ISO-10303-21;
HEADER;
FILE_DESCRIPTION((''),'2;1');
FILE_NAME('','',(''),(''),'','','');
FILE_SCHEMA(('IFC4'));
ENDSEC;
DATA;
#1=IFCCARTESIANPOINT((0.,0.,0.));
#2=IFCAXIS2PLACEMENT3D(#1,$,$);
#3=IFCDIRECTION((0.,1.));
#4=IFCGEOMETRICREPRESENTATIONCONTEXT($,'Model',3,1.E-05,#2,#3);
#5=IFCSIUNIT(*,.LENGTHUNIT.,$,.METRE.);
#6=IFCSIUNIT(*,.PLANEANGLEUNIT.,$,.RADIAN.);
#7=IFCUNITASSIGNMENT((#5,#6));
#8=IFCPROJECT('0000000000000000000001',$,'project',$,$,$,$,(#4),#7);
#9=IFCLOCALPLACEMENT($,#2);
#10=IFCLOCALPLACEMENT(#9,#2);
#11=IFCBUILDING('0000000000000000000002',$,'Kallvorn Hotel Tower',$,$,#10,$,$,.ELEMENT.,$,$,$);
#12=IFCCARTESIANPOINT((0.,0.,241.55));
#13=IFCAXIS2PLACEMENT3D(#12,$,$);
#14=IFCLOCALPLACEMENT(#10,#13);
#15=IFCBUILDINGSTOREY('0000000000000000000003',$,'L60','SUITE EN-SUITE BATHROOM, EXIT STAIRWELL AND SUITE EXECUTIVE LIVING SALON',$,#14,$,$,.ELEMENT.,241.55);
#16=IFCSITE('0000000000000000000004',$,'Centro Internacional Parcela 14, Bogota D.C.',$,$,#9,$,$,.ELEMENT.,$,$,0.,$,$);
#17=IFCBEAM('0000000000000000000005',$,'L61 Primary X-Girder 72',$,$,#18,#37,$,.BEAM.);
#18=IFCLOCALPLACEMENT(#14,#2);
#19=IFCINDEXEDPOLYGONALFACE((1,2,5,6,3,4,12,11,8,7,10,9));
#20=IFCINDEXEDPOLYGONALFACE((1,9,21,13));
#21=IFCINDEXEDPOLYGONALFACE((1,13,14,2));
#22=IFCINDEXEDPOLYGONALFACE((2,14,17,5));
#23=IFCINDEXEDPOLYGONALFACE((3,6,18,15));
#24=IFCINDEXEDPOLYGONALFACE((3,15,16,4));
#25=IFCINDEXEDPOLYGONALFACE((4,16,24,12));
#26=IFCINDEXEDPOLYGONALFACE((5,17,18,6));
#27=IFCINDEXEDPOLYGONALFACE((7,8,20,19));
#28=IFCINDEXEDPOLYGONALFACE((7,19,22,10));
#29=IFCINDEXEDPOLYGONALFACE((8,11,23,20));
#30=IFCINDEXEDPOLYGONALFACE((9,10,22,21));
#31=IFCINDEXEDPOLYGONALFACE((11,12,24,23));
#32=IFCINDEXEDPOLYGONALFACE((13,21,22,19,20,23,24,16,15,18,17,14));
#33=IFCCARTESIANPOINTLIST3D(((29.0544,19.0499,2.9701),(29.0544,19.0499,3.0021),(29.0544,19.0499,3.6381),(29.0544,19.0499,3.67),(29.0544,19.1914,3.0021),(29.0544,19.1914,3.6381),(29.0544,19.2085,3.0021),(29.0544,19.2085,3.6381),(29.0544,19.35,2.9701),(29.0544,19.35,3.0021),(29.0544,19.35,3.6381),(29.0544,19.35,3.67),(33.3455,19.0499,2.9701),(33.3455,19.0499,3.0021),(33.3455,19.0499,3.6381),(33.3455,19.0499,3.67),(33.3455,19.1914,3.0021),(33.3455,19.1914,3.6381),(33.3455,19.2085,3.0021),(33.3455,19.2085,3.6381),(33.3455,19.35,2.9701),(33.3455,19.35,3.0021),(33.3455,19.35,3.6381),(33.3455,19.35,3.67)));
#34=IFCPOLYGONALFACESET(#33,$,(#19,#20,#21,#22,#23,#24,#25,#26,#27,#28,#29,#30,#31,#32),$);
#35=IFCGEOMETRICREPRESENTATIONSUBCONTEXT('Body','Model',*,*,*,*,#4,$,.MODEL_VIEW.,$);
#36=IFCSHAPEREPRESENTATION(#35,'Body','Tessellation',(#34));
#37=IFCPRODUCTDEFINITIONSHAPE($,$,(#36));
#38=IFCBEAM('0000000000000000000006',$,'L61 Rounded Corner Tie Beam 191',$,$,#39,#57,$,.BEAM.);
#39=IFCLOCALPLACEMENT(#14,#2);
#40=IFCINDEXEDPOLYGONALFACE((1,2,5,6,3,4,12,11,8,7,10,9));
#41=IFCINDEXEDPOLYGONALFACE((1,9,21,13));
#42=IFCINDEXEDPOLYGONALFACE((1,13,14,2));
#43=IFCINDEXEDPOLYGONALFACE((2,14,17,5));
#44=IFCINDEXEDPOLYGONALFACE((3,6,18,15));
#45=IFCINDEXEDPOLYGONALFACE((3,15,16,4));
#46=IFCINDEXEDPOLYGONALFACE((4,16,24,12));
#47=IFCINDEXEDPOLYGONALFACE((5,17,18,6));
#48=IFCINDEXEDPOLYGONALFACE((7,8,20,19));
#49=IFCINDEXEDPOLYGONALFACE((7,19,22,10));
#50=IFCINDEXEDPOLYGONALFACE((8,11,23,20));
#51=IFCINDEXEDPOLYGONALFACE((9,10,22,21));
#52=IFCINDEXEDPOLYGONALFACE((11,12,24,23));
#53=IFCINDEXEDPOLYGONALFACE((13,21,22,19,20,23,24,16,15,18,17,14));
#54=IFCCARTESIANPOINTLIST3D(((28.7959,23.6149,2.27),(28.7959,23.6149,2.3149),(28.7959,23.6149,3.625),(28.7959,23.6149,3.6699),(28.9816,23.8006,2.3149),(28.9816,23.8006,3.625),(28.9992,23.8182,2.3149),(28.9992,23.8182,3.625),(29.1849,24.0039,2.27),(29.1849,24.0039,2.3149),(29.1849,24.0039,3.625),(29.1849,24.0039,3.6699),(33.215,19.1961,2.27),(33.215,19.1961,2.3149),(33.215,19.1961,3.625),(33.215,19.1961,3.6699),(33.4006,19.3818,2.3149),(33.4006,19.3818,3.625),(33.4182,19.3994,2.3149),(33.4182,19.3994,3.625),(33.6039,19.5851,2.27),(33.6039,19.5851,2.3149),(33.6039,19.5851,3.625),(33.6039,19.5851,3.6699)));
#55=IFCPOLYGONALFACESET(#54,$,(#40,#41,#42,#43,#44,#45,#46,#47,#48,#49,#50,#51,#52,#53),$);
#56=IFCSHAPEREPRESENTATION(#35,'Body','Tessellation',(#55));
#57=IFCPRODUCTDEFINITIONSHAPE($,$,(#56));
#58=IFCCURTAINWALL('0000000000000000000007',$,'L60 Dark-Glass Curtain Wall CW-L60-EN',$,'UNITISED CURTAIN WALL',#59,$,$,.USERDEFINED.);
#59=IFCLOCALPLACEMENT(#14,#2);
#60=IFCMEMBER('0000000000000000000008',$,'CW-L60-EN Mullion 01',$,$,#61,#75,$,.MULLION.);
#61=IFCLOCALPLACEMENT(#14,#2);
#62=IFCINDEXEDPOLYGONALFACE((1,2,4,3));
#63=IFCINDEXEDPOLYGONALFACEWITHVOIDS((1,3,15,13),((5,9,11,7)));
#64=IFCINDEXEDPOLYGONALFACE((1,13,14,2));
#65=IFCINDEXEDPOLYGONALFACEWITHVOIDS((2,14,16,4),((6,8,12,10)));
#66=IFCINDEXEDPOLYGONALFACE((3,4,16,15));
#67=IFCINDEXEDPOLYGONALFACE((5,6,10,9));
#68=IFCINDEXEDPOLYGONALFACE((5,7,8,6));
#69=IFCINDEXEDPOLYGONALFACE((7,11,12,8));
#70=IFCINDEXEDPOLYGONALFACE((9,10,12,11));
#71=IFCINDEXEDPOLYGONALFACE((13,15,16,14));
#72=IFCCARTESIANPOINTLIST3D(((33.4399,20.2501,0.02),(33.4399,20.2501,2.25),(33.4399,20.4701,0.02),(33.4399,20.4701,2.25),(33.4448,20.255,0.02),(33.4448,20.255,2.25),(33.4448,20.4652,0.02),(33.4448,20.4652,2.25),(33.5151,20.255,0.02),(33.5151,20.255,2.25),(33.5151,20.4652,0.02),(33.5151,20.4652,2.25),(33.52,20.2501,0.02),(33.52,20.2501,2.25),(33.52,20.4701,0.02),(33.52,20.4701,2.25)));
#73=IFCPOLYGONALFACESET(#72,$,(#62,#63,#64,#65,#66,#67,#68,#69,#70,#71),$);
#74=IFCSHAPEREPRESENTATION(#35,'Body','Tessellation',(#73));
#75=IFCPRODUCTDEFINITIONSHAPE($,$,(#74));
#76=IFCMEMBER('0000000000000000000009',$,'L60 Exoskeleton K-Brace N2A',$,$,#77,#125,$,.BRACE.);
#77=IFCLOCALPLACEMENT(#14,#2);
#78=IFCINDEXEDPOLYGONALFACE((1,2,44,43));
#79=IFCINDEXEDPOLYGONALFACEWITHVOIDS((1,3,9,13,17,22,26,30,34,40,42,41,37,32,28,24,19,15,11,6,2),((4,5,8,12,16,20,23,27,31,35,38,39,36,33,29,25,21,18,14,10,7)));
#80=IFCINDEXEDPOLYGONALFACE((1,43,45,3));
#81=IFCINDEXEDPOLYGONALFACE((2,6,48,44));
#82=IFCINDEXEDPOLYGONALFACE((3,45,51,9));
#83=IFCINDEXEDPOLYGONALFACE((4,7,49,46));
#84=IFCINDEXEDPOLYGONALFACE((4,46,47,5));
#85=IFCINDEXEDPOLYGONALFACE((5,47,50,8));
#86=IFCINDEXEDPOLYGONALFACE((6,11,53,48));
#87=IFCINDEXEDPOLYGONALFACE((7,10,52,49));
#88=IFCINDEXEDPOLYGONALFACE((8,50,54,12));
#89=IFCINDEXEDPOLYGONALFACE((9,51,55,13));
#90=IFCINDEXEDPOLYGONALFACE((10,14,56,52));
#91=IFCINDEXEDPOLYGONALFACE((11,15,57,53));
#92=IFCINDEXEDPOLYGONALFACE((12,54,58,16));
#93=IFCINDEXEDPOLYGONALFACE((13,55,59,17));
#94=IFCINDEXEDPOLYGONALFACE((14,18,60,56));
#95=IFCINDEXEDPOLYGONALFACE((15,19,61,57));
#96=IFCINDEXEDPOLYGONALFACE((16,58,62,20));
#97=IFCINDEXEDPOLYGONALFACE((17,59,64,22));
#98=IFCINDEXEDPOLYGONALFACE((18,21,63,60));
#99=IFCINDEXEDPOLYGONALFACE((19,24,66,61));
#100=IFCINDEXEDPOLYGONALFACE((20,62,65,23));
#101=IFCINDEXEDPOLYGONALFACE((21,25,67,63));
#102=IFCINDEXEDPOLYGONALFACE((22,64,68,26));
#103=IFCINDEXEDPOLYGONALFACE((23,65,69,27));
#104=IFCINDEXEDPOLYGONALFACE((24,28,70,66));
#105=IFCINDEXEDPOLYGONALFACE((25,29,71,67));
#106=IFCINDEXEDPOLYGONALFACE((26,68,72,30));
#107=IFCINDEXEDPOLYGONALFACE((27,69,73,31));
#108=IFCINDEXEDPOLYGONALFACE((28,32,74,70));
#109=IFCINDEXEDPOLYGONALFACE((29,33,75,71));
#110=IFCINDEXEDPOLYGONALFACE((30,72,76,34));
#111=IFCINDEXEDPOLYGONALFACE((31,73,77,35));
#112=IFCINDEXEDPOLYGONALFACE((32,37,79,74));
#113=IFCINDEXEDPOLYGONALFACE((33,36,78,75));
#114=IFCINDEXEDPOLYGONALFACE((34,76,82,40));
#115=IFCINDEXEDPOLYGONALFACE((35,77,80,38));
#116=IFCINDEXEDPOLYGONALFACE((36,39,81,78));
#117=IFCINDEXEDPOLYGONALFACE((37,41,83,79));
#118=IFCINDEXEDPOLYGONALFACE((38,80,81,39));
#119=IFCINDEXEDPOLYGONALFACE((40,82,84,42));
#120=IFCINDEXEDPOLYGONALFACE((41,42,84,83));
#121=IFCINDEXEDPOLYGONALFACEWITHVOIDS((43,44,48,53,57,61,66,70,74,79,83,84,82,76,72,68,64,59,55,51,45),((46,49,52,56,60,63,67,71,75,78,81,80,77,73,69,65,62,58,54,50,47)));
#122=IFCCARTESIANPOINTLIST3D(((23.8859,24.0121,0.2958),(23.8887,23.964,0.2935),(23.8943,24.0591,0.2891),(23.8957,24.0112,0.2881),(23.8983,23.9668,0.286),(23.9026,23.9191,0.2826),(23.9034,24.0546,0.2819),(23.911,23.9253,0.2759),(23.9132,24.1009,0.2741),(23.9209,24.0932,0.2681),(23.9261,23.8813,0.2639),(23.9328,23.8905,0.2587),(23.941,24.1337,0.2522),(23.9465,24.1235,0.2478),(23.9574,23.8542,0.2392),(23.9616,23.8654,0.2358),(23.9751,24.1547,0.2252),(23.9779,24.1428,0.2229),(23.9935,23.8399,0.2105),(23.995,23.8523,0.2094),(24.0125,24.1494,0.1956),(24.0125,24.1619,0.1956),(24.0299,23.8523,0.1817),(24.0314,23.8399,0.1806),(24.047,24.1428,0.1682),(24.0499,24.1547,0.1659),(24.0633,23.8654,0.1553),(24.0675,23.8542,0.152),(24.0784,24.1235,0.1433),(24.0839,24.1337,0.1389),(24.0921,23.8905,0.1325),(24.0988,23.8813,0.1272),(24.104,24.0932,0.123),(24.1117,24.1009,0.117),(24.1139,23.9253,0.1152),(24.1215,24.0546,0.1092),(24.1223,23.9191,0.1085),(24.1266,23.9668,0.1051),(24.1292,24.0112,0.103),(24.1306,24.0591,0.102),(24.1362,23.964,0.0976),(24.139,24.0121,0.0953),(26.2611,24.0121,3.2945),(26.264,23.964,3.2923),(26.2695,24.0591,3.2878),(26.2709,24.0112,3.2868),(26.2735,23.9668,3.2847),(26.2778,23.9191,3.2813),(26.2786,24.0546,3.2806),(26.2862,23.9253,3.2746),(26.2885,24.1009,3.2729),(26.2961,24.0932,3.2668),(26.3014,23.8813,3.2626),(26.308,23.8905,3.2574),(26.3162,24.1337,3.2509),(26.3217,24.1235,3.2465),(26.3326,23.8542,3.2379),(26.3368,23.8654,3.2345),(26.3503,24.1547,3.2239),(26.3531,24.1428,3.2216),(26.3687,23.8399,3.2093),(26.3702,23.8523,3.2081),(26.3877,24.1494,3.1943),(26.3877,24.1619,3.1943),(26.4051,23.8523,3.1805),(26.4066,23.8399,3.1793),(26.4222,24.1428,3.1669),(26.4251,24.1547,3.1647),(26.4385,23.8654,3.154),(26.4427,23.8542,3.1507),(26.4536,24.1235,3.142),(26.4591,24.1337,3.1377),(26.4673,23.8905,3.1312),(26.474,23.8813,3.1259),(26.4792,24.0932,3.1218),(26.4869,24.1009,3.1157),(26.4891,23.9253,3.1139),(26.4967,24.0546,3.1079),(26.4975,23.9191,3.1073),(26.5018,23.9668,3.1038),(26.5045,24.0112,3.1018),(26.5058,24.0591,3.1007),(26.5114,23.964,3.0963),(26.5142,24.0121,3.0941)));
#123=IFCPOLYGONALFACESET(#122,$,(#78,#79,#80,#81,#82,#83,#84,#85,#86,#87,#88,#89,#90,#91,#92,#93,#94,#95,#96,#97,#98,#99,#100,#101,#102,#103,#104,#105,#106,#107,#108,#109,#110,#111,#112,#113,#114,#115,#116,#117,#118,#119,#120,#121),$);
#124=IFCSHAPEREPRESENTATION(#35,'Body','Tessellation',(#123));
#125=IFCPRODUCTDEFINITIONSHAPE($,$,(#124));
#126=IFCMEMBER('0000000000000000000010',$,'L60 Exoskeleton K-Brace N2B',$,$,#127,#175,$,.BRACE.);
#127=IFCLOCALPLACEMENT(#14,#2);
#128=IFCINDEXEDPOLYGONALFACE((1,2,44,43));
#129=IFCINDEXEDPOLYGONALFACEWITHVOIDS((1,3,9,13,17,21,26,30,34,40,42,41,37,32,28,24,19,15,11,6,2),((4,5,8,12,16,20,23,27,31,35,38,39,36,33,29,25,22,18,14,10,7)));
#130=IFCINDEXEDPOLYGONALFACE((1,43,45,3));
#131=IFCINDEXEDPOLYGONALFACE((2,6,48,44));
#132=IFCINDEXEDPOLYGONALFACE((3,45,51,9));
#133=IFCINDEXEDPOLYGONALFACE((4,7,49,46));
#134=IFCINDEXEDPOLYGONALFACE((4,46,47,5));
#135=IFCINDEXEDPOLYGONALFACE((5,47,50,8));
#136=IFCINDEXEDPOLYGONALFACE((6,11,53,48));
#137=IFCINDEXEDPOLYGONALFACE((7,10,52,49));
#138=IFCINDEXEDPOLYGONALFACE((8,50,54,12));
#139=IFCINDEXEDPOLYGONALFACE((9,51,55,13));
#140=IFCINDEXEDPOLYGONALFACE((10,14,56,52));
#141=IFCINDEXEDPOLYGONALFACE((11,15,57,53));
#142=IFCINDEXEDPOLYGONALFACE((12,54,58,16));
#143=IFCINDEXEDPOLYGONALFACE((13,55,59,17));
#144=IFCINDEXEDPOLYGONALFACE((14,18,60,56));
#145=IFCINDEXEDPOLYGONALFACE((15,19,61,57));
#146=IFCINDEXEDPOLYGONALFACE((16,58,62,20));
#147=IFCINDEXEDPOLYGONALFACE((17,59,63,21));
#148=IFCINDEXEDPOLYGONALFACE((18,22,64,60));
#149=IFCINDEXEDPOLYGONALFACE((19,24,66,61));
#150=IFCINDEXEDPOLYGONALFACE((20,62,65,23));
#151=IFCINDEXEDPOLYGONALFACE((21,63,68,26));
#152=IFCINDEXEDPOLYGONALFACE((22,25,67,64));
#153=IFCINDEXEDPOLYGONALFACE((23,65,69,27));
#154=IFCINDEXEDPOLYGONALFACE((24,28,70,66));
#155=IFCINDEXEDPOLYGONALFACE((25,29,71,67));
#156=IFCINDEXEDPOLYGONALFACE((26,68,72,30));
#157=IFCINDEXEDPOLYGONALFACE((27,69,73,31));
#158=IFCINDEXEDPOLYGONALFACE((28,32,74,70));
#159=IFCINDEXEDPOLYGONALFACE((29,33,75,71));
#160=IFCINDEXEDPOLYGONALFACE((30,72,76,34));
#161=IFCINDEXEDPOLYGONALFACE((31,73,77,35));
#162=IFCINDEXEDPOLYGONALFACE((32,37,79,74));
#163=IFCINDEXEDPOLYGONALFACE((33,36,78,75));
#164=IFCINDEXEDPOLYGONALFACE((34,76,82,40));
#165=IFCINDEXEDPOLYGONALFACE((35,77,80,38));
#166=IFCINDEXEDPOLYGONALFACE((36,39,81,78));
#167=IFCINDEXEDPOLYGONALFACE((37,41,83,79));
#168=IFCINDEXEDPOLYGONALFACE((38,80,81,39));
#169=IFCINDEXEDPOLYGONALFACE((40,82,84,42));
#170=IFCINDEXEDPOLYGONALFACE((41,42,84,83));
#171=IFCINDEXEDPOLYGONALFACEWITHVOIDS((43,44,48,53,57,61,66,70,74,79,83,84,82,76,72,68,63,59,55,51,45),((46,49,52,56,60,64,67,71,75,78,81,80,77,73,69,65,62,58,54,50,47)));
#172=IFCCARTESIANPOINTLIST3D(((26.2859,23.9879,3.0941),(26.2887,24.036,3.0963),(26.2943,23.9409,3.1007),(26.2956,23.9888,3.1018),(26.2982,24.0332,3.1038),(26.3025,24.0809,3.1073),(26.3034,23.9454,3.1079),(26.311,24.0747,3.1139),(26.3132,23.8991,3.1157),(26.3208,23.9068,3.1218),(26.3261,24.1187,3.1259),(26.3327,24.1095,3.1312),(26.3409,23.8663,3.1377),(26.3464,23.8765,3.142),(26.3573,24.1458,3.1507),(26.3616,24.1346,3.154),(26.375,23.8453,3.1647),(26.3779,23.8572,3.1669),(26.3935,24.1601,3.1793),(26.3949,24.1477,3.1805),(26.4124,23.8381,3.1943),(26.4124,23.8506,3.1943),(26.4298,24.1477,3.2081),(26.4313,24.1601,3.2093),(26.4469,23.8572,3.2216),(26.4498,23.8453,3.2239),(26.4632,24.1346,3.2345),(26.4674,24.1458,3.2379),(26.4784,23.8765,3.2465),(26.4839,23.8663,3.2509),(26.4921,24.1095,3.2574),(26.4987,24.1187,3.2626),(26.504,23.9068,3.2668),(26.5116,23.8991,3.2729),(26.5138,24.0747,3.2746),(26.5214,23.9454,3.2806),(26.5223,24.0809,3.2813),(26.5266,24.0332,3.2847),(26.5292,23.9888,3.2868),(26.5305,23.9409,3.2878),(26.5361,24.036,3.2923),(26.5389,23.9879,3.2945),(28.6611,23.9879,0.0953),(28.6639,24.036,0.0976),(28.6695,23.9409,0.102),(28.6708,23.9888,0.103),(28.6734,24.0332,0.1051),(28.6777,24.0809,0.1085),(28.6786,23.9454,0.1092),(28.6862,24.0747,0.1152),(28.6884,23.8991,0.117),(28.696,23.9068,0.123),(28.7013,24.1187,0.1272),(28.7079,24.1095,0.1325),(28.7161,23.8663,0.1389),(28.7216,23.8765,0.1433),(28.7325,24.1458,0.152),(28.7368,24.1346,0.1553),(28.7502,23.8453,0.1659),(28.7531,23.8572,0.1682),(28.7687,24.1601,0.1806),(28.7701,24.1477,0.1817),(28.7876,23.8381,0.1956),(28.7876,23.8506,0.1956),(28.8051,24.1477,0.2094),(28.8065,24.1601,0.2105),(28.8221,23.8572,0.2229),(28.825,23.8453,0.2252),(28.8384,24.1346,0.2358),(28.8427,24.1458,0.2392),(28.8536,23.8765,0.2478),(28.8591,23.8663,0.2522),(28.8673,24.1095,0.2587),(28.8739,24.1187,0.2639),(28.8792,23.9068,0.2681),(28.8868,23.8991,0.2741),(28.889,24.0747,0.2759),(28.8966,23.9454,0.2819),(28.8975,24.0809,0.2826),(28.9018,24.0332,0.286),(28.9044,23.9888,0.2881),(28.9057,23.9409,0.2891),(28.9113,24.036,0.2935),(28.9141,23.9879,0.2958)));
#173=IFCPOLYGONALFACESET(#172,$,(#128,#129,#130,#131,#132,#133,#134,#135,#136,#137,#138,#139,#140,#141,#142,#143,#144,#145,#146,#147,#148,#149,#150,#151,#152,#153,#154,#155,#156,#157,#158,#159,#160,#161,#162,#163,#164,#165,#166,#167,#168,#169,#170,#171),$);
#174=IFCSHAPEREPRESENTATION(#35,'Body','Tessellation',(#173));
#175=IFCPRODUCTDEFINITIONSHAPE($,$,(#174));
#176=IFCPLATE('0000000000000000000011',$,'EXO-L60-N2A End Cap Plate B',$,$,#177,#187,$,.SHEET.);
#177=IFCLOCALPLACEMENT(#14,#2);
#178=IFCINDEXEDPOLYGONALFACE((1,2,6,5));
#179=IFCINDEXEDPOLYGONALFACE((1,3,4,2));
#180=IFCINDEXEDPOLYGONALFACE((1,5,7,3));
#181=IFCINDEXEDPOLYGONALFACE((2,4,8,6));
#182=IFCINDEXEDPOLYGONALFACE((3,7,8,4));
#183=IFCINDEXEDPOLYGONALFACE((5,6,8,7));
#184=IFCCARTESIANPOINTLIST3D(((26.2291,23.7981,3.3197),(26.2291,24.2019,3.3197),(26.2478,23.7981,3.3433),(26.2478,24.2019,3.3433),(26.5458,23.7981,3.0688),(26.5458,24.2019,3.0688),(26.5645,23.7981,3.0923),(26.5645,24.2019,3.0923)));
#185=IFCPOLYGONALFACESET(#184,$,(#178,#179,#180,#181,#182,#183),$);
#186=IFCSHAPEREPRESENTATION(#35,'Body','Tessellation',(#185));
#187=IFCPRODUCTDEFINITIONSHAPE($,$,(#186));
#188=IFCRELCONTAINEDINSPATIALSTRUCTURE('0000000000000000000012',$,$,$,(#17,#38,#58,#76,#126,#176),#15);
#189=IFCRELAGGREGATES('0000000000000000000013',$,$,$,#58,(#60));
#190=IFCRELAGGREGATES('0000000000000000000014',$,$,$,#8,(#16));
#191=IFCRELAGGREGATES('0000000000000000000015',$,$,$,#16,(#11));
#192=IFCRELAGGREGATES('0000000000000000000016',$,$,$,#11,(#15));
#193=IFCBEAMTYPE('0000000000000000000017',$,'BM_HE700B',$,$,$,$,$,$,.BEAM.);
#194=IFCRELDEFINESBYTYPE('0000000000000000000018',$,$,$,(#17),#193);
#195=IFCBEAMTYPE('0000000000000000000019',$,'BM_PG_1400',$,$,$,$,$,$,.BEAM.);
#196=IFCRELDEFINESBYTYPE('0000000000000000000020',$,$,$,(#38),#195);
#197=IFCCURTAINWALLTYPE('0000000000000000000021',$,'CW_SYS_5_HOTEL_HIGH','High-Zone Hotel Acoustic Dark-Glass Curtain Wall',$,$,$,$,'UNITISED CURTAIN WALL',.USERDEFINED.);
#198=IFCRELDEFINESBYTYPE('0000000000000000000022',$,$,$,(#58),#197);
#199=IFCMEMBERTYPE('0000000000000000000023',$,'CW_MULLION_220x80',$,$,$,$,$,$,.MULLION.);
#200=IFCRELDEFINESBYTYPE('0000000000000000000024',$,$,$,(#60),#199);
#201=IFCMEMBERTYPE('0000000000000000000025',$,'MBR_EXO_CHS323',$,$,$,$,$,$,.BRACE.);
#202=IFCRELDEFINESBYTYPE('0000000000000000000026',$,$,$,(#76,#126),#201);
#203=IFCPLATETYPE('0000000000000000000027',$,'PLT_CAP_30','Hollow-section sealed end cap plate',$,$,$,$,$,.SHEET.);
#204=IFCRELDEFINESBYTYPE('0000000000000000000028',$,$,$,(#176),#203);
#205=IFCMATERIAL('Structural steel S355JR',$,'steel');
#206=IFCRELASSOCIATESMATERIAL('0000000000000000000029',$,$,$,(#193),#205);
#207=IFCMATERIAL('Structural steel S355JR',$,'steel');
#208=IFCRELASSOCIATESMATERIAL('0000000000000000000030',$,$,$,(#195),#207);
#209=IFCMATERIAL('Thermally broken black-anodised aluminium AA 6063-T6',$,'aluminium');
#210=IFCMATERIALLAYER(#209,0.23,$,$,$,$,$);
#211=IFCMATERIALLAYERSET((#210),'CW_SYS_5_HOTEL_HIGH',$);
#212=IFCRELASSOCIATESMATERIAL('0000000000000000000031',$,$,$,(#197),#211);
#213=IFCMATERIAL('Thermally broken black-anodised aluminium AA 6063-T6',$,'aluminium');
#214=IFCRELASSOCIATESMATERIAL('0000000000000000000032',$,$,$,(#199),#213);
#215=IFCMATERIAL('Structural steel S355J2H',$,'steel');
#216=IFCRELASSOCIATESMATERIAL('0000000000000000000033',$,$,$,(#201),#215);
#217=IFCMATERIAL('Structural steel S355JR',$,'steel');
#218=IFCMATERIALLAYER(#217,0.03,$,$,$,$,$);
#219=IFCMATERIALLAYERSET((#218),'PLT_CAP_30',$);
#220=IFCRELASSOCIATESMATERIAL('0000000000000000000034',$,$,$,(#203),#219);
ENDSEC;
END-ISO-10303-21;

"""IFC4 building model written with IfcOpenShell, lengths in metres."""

from ifc_helpers import new_model, si_unit, direction, frame, origin, origin_2d, place, context, subcontext, project, spatial, polyline, hollow_rectangle, hollow_circle, i_section, outline, extrude, material, layer, layer_set, material_profile, profile_set, type_object, element, aggregate, save


model = new_model("IFC4")

# Units and contexts
model_context = context("Model", 3, precision=1e-05, world=origin(), true_north=direction((0.0, 1.0)))
body_context = subcontext(model_context, "Body", "Model", "MODEL_VIEW")
ifc_project = project(units=[si_unit("LENGTHUNIT", "METRE"), si_unit("PLANEANGLEUNIT", "RADIAN")], contexts=[model_context])

# Site, building, storey
site_placement = place(None, origin())
site = spatial("IfcSite", under=ifc_project, at=site_placement, Name="Centro Internacional Parcela 14, Bogota D.C.", CompositionType="ELEMENT", RefElevation=0.0)
building_placement = place(site_placement, origin())
building = spatial("IfcBuilding", under=site, at=building_placement, Name="Kallvorn Hotel Tower", CompositionType="ELEMENT")
storey_placement = place(building_placement, frame((0.0, 0.0, 241.55)))
storey = spatial("IfcBuildingStorey", under=building, at=storey_placement, Name="L60", Description="SUITE EN-SUITE BATHROOM, EXIT STAIRWELL AND SUITE EXECUTIVE LIVING SALON", CompositionType="ELEMENT", Elevation=241.55)

# Beams
ifc_material_1 = material(Name="Structural steel S355JR", Category="steel")
ifc_material_profile_1 = material_profile(ifc_material_1, i_section(OverallWidth=0.3, OverallDepth=0.7, WebThickness=0.0171, FlangeThickness=0.032, at=origin_2d()), Name="HE 700 B")
ifc_profile_set_1 = profile_set([ifc_material_profile_1], Name="Structural steel S355JR")
beam_type_1 = type_object("IfcBeamType", Name="BM_HE700B", PredefinedType="BEAM", material=ifc_profile_set_1)
for number, where, z_axis, x_axis, name in (
    (1, (29.0544, 19.2, 3.3201), (1.0, 0.0, 0.0), (0.0, 1.0, 0.0), "L61 Primary X-Girder 72"),
):
    element("IfcBeam", number, at=place(storey_placement, frame(where, z_axis=z_axis, x_axis=x_axis)), inside=storey, type_object=beam_type_1, Name=name, PredefinedType="BEAM", context=body_context, shape_type="SweptSolid", body=[
        extrude(i_section(OverallWidth=0.3, OverallDepth=0.7, WebThickness=0.0171, FlangeThickness=0.032, at=origin_2d()), origin(), (0.0, 0.0, 1.0), 4.291),
    ])
ifc_material_2 = material(Name="Structural steel S355JR", Category="steel")
ifc_material_profile_2 = material_profile(ifc_material_2, i_section(OverallWidth=0.55, OverallDepth=1.3999, WebThickness=0.0249, FlangeThickness=0.0449, at=origin_2d()), Name="PG 1400x550x25x45")
ifc_profile_set_2 = profile_set([ifc_material_profile_2], Name="Structural steel S355JR")
beam_type_2 = type_object("IfcBeamType", Name="BM_PG_1400", PredefinedType="BEAM", material=ifc_profile_set_2)
beam_1_placement = place(storey_placement, frame((33.4094, 19.3906, 2.97), z_axis=(-0.707126, 0.707087, 0.0), x_axis=(-0.707087, -0.707126, 0.0)))
element("IfcBeam", 2, at=beam_1_placement, inside=storey, type_object=beam_type_2, Name="L61 Rounded Corner Tie Beam 191", PredefinedType="BEAM", context=body_context, shape_type="SweptSolid", body=[
    extrude(i_section(OverallWidth=0.55, OverallDepth=1.3999, WebThickness=0.0249, FlangeThickness=0.0449, at=origin_2d()), origin(), (0.0, 0.0, 1.0), 6.2493),
])

# Curtain wall, member
ifc_material_3 = material(Name="Thermally broken black-anodised aluminium AA 6063-T6", Category="aluminium")
ifc_layer_1 = layer(ifc_material_3, 0.23)
ifc_layer_set_1 = layer_set([ifc_layer_1], Name="CW_SYS_5_HOTEL_HIGH")
curtain_wall_type = type_object("IfcCurtainWallType", Name="CW_SYS_5_HOTEL_HIGH", Description="High-Zone Hotel Acoustic Dark-Glass Curtain Wall", ElementType="UNITISED CURTAIN WALL", PredefinedType="USERDEFINED", material=ifc_layer_set_1)
curtain_wall_placement = place(storey_placement, origin())
curtain_wall = element("IfcCurtainWall", 3, at=curtain_wall_placement, inside=storey, type_object=curtain_wall_type, Name="L60 Dark-Glass Curtain Wall CW-L60-EN", ObjectType="UNITISED CURTAIN WALL", PredefinedType="USERDEFINED")
ifc_material_4 = material(Name="Thermally broken black-anodised aluminium AA 6063-T6", Category="aluminium")
ifc_material_profile_3 = material_profile(ifc_material_4, hollow_rectangle(XDim=0.0801, YDim=0.22, WallThickness=0.0049, at=origin_2d()), Name="MUL 220x80")
ifc_profile_set_3 = profile_set([ifc_material_profile_3], Name="Thermally broken black-anodised aluminium AA 6063-T6")
member_type_1 = type_object("IfcMemberType", Name="CW_MULLION_220x80", PredefinedType="MULLION", material=ifc_profile_set_3)
member_placement = place(storey_placement, frame((33.48, 20.3601, 0.02), z_axis=(0.0, 0.0, 1.0), x_axis=(1.0, 0.0, 0.0)))
member = element("IfcMember", 4, at=member_placement, type_object=member_type_1, Name="CW-L60-EN Mullion 01", PredefinedType="MULLION", context=body_context, shape_type="SweptSolid", body=[
    extrude(hollow_rectangle(XDim=0.0801, YDim=0.22, WallThickness=0.0049, at=origin_2d()), origin(), (0.0, 0.0, 1.0), 2.23),
])
aggregate(curtain_wall, [member])

# Members
ifc_material_5 = material(Name="Structural steel S355J2H", Category="steel")
ifc_material_profile_4 = material_profile(ifc_material_5, hollow_circle(Radius=0.1619, WallThickness=0.0125, at=origin_2d()), Name="CHS 323.9x12.5")
ifc_profile_set_4 = profile_set([ifc_material_profile_4], Name="Structural steel S355J2H")
member_type_2 = type_object("IfcMemberType", Name="MBR_EXO_CHS323", PredefinedType="BRACE", material=ifc_profile_set_4)
for number, where, z_axis, x_axis, name in (
    (5, (24.0125, 24.0, 0.1956), (0.620897, 0.0, 0.783892), (0.0, 1.0, 0.0), "L60 Exoskeleton K-Brace N2A"),
    (6, (28.7876, 24.0, 0.1956), (-0.620897, 0.0, 0.783892), (0.0, -1.0, 0.0), "L60 Exoskeleton K-Brace N2B"),
):
    element("IfcMember", number, at=place(storey_placement, frame(where, z_axis=z_axis, x_axis=x_axis)), inside=storey, type_object=member_type_2, Name=name, PredefinedType="BRACE", context=body_context, shape_type="SweptSolid", body=[
        extrude(hollow_circle(Radius=0.1619, WallThickness=0.0125, at=origin_2d()), origin(), (0.0, 0.0, 1.0), 3.8254),
    ])

# Plate
ifc_material_6 = material(Name="Structural steel S355JR", Category="steel")
ifc_layer_2 = layer(ifc_material_6, 0.03)
ifc_layer_set_2 = layer_set([ifc_layer_2], Name="PLT_CAP_30")
plate_type_1 = type_object("IfcPlateType", Name="PLT_CAP_30", Description="Hollow-section sealed end cap plate", PredefinedType="SHEET", material=ifc_layer_set_2)
plate_1_placement = place(storey_placement, frame((26.5645, 23.7981, 3.0923), z_axis=(0.621152, 0.0, 0.78369), x_axis=(0.0, 1.0, 0.0)))
element("IfcPlate", 7, at=plate_1_placement, inside=storey, type_object=plate_type_1, Name="EXO-L60-N2A End Cap Plate B", PredefinedType="SHEET", context=body_context, shape_type="SweptSolid", body=[
    extrude(outline(polyline([(0.0, 0.0), (0.4038, 0.0), (0.4038, 0.4041), (0.0, 0.4041), (0.0, 0.0)])), origin(), (0.0, 0.0, -1.0), 0.03),
])

save(model, "model.ifc")
